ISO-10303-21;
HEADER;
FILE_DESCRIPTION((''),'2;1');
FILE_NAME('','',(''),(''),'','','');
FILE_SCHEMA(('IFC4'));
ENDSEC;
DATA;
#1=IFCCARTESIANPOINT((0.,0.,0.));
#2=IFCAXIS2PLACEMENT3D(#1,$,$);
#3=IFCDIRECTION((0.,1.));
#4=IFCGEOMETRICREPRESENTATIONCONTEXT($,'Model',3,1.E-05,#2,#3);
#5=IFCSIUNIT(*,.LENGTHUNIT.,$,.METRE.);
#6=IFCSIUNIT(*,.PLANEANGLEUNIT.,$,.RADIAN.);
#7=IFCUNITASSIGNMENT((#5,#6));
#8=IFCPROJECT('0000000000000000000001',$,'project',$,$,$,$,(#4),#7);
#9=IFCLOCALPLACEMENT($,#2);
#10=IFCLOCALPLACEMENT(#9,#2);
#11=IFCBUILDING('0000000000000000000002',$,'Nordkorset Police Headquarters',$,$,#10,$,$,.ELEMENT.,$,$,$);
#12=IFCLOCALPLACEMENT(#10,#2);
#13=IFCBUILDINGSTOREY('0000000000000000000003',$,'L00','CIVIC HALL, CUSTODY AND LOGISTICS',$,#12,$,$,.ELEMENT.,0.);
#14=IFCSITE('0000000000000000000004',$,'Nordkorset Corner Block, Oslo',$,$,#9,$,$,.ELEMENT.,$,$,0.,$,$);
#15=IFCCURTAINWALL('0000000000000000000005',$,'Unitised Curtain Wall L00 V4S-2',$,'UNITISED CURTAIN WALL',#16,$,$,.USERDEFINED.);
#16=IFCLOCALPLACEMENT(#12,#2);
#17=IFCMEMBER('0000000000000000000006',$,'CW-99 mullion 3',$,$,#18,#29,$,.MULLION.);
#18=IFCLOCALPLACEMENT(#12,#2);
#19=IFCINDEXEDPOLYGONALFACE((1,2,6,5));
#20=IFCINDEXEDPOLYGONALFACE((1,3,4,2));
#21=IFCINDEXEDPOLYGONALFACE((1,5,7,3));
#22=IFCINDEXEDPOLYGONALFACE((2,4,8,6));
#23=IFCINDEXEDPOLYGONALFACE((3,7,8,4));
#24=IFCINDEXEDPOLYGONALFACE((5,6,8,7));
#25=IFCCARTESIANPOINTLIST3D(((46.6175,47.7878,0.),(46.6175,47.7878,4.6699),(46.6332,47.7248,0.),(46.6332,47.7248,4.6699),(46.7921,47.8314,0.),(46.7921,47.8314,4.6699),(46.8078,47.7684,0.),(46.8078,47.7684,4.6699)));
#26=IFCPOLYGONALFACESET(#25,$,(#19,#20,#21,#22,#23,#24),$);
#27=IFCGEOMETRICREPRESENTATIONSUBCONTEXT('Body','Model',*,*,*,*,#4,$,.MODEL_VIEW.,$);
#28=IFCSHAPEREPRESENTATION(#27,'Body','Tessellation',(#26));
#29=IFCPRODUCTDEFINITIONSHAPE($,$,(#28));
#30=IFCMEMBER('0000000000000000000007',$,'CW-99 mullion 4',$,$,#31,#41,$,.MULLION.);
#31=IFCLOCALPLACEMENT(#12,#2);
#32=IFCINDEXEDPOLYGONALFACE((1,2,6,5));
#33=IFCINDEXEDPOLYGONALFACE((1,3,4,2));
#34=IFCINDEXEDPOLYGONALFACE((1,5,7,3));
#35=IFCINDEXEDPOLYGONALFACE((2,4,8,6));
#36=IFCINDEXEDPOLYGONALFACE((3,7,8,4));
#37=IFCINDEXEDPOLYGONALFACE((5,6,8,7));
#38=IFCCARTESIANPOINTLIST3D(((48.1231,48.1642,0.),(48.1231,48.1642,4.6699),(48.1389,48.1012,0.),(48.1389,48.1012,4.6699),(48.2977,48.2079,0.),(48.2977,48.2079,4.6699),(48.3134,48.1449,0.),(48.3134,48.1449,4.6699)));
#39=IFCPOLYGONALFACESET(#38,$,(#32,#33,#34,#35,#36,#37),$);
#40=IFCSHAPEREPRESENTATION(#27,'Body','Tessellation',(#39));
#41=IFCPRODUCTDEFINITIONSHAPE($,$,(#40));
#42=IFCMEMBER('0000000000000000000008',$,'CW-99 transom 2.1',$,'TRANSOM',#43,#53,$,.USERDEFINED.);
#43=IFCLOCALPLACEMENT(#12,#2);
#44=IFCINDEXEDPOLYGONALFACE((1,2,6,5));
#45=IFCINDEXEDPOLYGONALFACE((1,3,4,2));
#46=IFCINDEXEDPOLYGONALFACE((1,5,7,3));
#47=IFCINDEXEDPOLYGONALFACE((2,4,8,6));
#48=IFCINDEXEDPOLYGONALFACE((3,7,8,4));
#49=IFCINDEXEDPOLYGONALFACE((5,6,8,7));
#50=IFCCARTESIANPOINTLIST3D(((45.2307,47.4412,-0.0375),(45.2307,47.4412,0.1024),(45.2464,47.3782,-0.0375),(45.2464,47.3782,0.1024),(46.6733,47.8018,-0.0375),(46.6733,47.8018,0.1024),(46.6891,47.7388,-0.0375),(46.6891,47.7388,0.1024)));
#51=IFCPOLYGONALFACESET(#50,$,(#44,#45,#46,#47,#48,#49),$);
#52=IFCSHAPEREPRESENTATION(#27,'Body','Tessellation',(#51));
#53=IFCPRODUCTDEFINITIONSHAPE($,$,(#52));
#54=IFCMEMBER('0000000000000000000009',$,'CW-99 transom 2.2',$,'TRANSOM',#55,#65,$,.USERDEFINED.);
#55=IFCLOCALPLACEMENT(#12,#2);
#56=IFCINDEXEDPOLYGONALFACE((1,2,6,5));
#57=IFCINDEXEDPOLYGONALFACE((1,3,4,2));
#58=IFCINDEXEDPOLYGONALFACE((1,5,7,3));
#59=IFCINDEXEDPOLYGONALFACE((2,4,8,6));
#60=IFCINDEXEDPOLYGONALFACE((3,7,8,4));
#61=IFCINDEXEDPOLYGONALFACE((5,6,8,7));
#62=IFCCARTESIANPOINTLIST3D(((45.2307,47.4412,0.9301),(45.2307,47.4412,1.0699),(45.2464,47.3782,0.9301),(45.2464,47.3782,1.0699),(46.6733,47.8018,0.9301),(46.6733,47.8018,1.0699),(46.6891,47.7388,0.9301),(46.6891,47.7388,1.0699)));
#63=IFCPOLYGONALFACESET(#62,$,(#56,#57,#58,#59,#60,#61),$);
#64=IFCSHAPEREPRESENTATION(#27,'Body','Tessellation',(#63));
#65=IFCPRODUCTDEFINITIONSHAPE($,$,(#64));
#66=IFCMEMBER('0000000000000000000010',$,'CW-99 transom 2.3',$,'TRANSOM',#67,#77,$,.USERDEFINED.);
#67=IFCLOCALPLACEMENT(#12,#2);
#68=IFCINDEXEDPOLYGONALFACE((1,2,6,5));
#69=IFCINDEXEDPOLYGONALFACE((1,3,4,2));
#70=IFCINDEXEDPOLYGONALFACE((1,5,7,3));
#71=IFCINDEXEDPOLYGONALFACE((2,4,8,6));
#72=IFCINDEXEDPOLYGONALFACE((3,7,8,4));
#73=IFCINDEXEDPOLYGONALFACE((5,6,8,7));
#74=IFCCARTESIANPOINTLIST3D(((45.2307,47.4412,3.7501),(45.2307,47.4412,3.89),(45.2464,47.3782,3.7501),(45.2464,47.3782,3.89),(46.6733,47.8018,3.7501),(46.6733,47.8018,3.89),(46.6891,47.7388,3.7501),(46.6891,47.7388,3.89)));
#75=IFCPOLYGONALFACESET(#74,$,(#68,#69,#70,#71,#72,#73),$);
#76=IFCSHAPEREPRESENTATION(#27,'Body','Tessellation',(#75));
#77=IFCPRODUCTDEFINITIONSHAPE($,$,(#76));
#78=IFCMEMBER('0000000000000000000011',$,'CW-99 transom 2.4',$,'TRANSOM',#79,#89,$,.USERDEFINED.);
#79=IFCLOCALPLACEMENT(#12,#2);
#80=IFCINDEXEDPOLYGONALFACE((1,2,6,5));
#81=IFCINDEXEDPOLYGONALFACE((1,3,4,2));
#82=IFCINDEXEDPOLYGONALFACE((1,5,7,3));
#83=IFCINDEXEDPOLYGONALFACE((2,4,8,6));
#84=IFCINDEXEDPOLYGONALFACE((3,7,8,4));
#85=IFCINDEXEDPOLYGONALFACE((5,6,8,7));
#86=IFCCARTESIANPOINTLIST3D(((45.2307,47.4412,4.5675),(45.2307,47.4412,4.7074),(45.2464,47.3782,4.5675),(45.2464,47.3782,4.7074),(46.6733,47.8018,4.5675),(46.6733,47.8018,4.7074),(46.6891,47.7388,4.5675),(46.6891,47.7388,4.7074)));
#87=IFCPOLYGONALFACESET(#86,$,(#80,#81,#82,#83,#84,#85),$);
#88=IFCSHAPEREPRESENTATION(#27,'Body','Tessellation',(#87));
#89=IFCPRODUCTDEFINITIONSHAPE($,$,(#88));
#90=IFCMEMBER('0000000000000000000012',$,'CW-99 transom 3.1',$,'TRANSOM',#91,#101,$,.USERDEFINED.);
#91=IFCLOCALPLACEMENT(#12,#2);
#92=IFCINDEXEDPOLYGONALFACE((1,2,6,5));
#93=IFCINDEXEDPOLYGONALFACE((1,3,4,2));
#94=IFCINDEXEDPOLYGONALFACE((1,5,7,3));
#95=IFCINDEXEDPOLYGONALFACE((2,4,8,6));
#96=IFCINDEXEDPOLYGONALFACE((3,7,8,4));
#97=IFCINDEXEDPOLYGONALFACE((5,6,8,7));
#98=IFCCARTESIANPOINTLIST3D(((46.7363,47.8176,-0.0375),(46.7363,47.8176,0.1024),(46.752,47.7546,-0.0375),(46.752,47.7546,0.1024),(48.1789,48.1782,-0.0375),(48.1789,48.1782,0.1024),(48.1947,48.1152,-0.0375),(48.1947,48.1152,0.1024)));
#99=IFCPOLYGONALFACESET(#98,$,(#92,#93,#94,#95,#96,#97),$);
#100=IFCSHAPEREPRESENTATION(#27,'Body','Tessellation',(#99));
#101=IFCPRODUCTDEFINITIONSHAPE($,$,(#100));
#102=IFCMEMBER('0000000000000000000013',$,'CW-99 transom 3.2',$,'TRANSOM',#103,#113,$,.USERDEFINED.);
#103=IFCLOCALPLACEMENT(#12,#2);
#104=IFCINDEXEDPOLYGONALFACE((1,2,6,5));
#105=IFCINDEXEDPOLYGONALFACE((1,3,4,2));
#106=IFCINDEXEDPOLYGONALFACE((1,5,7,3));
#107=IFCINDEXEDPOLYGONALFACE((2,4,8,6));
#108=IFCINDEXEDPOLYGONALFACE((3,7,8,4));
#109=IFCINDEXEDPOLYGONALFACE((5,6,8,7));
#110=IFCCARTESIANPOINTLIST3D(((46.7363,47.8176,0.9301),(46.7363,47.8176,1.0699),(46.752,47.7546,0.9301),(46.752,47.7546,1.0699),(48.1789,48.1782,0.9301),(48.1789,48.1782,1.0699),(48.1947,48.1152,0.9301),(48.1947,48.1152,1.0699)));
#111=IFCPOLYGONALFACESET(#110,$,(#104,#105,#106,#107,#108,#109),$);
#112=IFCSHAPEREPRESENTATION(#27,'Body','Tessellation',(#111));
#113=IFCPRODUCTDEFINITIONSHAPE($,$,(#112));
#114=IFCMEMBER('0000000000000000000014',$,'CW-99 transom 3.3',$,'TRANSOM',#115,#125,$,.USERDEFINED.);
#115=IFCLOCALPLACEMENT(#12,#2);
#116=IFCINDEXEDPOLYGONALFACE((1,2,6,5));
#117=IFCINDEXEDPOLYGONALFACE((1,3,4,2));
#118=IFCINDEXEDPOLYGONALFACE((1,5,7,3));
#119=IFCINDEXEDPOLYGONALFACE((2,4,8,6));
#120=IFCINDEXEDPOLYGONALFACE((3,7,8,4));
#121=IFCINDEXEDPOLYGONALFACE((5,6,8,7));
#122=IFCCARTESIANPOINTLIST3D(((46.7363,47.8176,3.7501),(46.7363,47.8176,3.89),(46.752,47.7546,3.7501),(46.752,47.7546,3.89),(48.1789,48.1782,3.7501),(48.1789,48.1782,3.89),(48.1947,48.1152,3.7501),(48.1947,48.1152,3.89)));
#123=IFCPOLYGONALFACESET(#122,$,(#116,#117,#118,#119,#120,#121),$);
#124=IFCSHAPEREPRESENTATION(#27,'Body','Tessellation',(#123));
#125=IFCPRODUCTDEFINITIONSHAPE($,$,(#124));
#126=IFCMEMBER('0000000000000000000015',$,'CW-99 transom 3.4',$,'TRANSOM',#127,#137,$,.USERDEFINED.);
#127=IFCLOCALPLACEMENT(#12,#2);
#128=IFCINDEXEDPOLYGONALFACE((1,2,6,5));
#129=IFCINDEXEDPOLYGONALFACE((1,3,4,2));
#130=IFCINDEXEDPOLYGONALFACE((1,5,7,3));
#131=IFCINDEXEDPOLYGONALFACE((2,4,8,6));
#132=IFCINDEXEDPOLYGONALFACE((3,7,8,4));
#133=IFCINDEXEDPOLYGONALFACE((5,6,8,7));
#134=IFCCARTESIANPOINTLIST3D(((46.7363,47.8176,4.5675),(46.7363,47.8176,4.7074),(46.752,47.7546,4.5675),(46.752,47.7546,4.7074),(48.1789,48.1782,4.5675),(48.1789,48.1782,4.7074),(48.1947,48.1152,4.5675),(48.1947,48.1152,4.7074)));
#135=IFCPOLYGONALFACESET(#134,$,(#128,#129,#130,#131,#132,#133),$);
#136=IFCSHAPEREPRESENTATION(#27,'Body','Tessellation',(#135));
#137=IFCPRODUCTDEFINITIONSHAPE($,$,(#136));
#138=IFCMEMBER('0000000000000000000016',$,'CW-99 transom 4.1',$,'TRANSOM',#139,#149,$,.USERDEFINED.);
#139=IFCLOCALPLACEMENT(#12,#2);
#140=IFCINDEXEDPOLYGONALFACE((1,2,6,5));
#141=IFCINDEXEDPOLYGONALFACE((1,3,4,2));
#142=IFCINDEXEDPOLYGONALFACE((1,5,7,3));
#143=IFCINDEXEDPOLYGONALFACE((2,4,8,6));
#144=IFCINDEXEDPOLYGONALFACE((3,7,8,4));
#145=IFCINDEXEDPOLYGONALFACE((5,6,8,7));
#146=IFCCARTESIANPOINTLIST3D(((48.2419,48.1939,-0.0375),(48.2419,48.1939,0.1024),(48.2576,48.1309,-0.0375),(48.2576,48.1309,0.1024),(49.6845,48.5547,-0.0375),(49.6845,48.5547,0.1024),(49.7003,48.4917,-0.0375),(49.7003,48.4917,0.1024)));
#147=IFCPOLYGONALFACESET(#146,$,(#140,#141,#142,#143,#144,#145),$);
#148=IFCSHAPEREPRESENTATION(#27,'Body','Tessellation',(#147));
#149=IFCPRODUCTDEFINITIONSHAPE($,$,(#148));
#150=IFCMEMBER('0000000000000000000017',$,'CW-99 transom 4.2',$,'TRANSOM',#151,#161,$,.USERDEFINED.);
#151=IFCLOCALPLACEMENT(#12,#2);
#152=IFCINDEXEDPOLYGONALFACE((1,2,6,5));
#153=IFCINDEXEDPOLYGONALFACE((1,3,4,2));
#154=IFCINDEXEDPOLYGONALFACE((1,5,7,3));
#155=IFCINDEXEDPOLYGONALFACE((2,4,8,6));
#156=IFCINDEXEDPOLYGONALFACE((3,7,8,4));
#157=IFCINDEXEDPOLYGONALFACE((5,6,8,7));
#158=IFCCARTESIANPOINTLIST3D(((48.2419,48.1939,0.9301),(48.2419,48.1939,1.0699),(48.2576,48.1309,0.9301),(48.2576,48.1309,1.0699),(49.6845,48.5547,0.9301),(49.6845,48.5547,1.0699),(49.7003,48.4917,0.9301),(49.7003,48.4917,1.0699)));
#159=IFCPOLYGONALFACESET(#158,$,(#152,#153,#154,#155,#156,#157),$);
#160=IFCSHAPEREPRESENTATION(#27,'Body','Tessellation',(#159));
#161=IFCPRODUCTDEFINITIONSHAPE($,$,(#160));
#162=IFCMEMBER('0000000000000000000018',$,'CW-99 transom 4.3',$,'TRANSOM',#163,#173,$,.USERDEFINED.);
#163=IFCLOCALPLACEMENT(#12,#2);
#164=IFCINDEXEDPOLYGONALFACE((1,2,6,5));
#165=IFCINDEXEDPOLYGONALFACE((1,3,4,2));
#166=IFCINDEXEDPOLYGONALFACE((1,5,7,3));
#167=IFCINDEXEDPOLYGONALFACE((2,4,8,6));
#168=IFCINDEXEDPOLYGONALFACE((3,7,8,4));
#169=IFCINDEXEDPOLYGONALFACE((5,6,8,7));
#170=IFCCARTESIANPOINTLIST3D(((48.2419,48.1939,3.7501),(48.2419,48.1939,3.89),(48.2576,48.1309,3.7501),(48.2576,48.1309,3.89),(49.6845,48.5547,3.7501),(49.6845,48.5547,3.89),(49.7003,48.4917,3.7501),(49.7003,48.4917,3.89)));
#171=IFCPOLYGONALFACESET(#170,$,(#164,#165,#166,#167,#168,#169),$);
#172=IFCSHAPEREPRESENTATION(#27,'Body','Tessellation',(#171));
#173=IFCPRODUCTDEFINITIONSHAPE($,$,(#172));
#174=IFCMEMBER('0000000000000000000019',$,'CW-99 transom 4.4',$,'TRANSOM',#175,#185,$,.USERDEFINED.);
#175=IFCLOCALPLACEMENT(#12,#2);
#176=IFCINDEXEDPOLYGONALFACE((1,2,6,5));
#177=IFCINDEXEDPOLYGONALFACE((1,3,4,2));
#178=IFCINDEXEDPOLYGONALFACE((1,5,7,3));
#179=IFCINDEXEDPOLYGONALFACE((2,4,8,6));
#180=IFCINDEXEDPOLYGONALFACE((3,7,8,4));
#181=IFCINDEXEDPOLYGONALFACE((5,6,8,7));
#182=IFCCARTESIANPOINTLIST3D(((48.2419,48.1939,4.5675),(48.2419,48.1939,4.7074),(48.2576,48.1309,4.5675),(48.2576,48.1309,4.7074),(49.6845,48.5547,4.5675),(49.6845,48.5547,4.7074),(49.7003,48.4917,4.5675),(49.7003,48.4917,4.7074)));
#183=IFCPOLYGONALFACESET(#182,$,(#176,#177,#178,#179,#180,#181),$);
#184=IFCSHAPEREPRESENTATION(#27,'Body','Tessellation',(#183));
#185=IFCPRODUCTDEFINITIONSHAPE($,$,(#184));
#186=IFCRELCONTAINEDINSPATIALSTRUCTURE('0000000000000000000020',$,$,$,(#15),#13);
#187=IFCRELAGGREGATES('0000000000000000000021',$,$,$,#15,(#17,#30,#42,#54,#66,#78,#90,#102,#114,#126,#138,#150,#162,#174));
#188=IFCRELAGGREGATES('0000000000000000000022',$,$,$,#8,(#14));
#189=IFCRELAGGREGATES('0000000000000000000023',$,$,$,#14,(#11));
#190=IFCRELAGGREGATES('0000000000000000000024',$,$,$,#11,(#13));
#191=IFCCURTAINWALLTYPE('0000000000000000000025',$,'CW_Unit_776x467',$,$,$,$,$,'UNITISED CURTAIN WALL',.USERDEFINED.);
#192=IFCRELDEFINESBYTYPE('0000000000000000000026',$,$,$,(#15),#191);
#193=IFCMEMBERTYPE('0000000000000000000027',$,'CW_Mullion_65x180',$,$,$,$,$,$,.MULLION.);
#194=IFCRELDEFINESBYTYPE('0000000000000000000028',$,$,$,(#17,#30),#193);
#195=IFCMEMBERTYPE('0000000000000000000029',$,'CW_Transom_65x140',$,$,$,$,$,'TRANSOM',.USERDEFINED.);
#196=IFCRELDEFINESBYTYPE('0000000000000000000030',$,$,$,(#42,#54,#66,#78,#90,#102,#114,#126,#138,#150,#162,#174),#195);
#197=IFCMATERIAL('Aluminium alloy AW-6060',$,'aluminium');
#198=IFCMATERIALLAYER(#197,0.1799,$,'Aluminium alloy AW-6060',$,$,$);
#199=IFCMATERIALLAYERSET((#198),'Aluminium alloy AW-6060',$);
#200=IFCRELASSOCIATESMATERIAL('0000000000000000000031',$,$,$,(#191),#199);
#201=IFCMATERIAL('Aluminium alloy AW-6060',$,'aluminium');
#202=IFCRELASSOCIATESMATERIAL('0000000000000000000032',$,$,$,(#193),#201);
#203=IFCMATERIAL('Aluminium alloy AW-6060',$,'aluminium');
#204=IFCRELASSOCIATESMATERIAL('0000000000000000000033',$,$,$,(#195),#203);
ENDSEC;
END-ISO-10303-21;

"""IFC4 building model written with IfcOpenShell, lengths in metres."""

from ifc_helpers import new_model, si_unit, direction, frame, origin, origin_2d, place, context, subcontext, project, spatial, rectangle, extrude, material, layer, layer_set, material_profile, profile_set, type_object, element, aggregate, save


model = new_model("IFC4")

# Units and contexts
model_context = context("Model", 3, precision=1e-05, world=origin(), true_north=direction((0.0, 1.0)))
body_context = subcontext(model_context, "Body", "Model", "MODEL_VIEW")
ifc_project = project(units=[si_unit("LENGTHUNIT", "METRE"), si_unit("PLANEANGLEUNIT", "RADIAN")], contexts=[model_context])

# Site, building, storey
site_placement = place(None, origin())
site = spatial("IfcSite", under=ifc_project, at=site_placement, Name="Nordkorset Corner Block, Oslo", CompositionType="ELEMENT", RefElevation=0.0)
building_placement = place(site_placement, origin())
building = spatial("IfcBuilding", under=site, at=building_placement, Name="Nordkorset Police Headquarters", CompositionType="ELEMENT")
storey_placement = place(building_placement, origin())
storey = spatial("IfcBuildingStorey", under=building, at=storey_placement, Name="L00", Description="CIVIC HALL, CUSTODY AND LOGISTICS", CompositionType="ELEMENT", Elevation=0.0)

# Curtain wall, members
ifc_material_1 = material(Name="Aluminium alloy AW-6060", Category="aluminium")
ifc_layer_1 = layer(ifc_material_1, 0.1799, Name="Aluminium alloy AW-6060")
ifc_layer_set_1 = layer_set([ifc_layer_1], Name="Aluminium alloy AW-6060")
curtain_wall_type = type_object("IfcCurtainWallType", Name="CW_Unit_776x467", ElementType="UNITISED CURTAIN WALL", PredefinedType="USERDEFINED", material=ifc_layer_set_1)
curtain_wall_placement = place(storey_placement, origin())
curtain_wall = element("IfcCurtainWall", 1, at=curtain_wall_placement, inside=storey, type_object=curtain_wall_type, Name="Unitised Curtain Wall L00 V4S-2", ObjectType="UNITISED CURTAIN WALL", PredefinedType="USERDEFINED")
ifc_material_2 = material(Name="Aluminium alloy AW-6060", Category="aluminium")
ifc_material_profile_1 = material_profile(ifc_material_2, rectangle(XDim=0.0649, YDim=0.1799, at=origin_2d()), Name="ALU MULL 65x180")
ifc_profile_set_1 = profile_set([ifc_material_profile_1], Name="Aluminium alloy AW-6060")
member_type_1 = type_object("IfcMemberType", Name="CW_Mullion_65x180", PredefinedType="MULLION", material=ifc_profile_set_1)
member_1_placement = place(storey_placement, frame((46.7126, 47.7781, 0.0), z_axis=(0.0, 0.0, 1.0), x_axis=(-0.242535, 0.970143, 0.0)))
member_1 = element("IfcMember", 2, at=member_1_placement, type_object=member_type_1, Name="CW-99 mullion 3", PredefinedType="MULLION", context=body_context, shape_type="SweptSolid", body=[
    extrude(rectangle(XDim=0.0649, YDim=0.1799, at=origin_2d()), origin(), (0.0, 0.0, 1.0), 4.6699),
])
member_2_placement = place(storey_placement, frame((48.2183, 48.1545, 0.0), z_axis=(0.0, 0.0, 1.0), x_axis=(-0.242535, 0.970143, 0.0)))
member_2 = element("IfcMember", 3, at=member_2_placement, type_object=member_type_1, Name="CW-99 mullion 4", PredefinedType="MULLION", context=body_context, shape_type="SweptSolid", body=[
    extrude(rectangle(XDim=0.0649, YDim=0.1799, at=origin_2d()), origin(), (0.0, 0.0, 1.0), 4.6699),
])
ifc_material_3 = material(Name="Aluminium alloy AW-6060", Category="aluminium")
ifc_material_profile_2 = material_profile(ifc_material_3, rectangle(XDim=0.0649, YDim=0.1399, at=origin_2d()), Name="ALU TRAN 65x140")
ifc_profile_set_2 = profile_set([ifc_material_profile_2], Name="Aluminium alloy AW-6060")
member_type_2 = type_object("IfcMemberType", Name="CW_Transom_65x140", ElementType="TRANSOM", PredefinedType="USERDEFINED", material=ifc_profile_set_2)
member_3_placement = place(storey_placement, frame((45.2385, 47.4097, 0.0325), z_axis=(0.970152, 0.242497, 0.0), x_axis=(-0.242497, 0.970152, 0.0)))
member_3 = element("IfcMember", 4, at=member_3_placement, type_object=member_type_2, Name="CW-99 transom 2.1", ObjectType="TRANSOM", PredefinedType="USERDEFINED", context=body_context, shape_type="SweptSolid", body=[
    extrude(rectangle(XDim=0.0649, YDim=0.1399, at=origin_2d()), origin(), (0.0, 0.0, 1.0), 1.4871),
])
member_4_placement = place(storey_placement, frame((45.2385, 47.4097, 1.0), z_axis=(0.970152, 0.242497, 0.0), x_axis=(-0.242497, 0.970152, 0.0)))
member_4 = element("IfcMember", 5, at=member_4_placement, type_object=member_type_2, Name="CW-99 transom 2.2", ObjectType="TRANSOM", PredefinedType="USERDEFINED", context=body_context, shape_type="SweptSolid", body=[
    extrude(rectangle(XDim=0.0649, YDim=0.1399, at=origin_2d()), origin(), (0.0, 0.0, 1.0), 1.4871),
])
member_5_placement = place(storey_placement, frame((45.2385, 47.4097, 3.8201), z_axis=(0.970152, 0.242497, 0.0), x_axis=(-0.242497, 0.970152, 0.0)))
member_5 = element("IfcMember", 6, at=member_5_placement, type_object=member_type_2, Name="CW-99 transom 2.3", ObjectType="TRANSOM", PredefinedType="USERDEFINED", context=body_context, shape_type="SweptSolid", body=[
    extrude(rectangle(XDim=0.0649, YDim=0.1399, at=origin_2d()), origin(), (0.0, 0.0, 1.0), 1.4871),
])
member_6_placement = place(storey_placement, frame((45.2385, 47.4097, 4.6375), z_axis=(0.970152, 0.242497, 0.0), x_axis=(-0.242497, 0.970152, 0.0)))
member_6 = element("IfcMember", 7, at=member_6_placement, type_object=member_type_2, Name="CW-99 transom 2.4", ObjectType="TRANSOM", PredefinedType="USERDEFINED", context=body_context, shape_type="SweptSolid", body=[
    extrude(rectangle(XDim=0.0649, YDim=0.1399, at=origin_2d()), origin(), (0.0, 0.0, 1.0), 1.4871),
])
member_7_placement = place(storey_placement, frame((46.7441, 47.7861, 0.0325), z_axis=(0.970152, 0.242497, 0.0), x_axis=(-0.242497, 0.970152, 0.0)))
member_7 = element("IfcMember", 8, at=member_7_placement, type_object=member_type_2, Name="CW-99 transom 3.1", ObjectType="TRANSOM", PredefinedType="USERDEFINED", context=body_context, shape_type="SweptSolid", body=[
    extrude(rectangle(XDim=0.0649, YDim=0.1399, at=origin_2d()), origin(), (0.0, 0.0, 1.0), 1.4871),
])
member_8_placement = place(storey_placement, frame((46.7441, 47.7861, 1.0), z_axis=(0.970152, 0.242497, 0.0), x_axis=(-0.242497, 0.970152, 0.0)))
member_8 = element("IfcMember", 9, at=member_8_placement, type_object=member_type_2, Name="CW-99 transom 3.2", ObjectType="TRANSOM", PredefinedType="USERDEFINED", context=body_context, shape_type="SweptSolid", body=[
    extrude(rectangle(XDim=0.0649, YDim=0.1399, at=origin_2d()), origin(), (0.0, 0.0, 1.0), 1.4871),
])
member_9_placement = place(storey_placement, frame((46.7441, 47.7861, 3.8201), z_axis=(0.970152, 0.242497, 0.0), x_axis=(-0.242497, 0.970152, 0.0)))
member_9 = element("IfcMember", 10, at=member_9_placement, type_object=member_type_2, Name="CW-99 transom 3.3", ObjectType="TRANSOM", PredefinedType="USERDEFINED", context=body_context, shape_type="SweptSolid", body=[
    extrude(rectangle(XDim=0.0649, YDim=0.1399, at=origin_2d()), origin(), (0.0, 0.0, 1.0), 1.4871),
])
member_10_placement = place(storey_placement, frame((46.7441, 47.7861, 4.6375), z_axis=(0.970152, 0.242497, 0.0), x_axis=(-0.242497, 0.970152, 0.0)))
member_10 = element("IfcMember", 11, at=member_10_placement, type_object=member_type_2, Name="CW-99 transom 3.4", ObjectType="TRANSOM", PredefinedType="USERDEFINED", context=body_context, shape_type="SweptSolid", body=[
    extrude(rectangle(XDim=0.0649, YDim=0.1399, at=origin_2d()), origin(), (0.0, 0.0, 1.0), 1.4871),
])
member_11_placement = place(storey_placement, frame((48.2498, 48.1624, 0.0325), z_axis=(0.970114, 0.242652, 0.0), x_axis=(-0.242652, 0.970114, 0.0)))
member_11 = element("IfcMember", 12, at=member_11_placement, type_object=member_type_2, Name="CW-99 transom 4.1", ObjectType="TRANSOM", PredefinedType="USERDEFINED", context=body_context, shape_type="SweptSolid", body=[
    extrude(rectangle(XDim=0.0649, YDim=0.1399, at=origin_2d()), origin(), (0.0, 0.0, 1.0), 1.4871),
])
member_12_placement = place(storey_placement, frame((48.2498, 48.1624, 1.0), z_axis=(0.970114, 0.242652, 0.0), x_axis=(-0.242652, 0.970114, 0.0)))
member_12 = element("IfcMember", 13, at=member_12_placement, type_object=member_type_2, Name="CW-99 transom 4.2", ObjectType="TRANSOM", PredefinedType="USERDEFINED", context=body_context, shape_type="SweptSolid", body=[
    extrude(rectangle(XDim=0.0649, YDim=0.1399, at=origin_2d()), origin(), (0.0, 0.0, 1.0), 1.4871),
])
member_13_placement = place(storey_placement, frame((48.2498, 48.1624, 3.8201), z_axis=(0.970114, 0.242652, 0.0), x_axis=(-0.242652, 0.970114, 0.0)))
member_13 = element("IfcMember", 14, at=member_13_placement, type_object=member_type_2, Name="CW-99 transom 4.3", ObjectType="TRANSOM", PredefinedType="USERDEFINED", context=body_context, shape_type="SweptSolid", body=[
    extrude(rectangle(XDim=0.0649, YDim=0.1399, at=origin_2d()), origin(), (0.0, 0.0, 1.0), 1.4871),
])
member_14_placement = place(storey_placement, frame((48.2498, 48.1624, 4.6375), z_axis=(0.970114, 0.242652, 0.0), x_axis=(-0.242652, 0.970114, 0.0)))
member_14 = element("IfcMember", 15, at=member_14_placement, type_object=member_type_2, Name="CW-99 transom 4.4", ObjectType="TRANSOM", PredefinedType="USERDEFINED", context=body_context, shape_type="SweptSolid", body=[
    extrude(rectangle(XDim=0.0649, YDim=0.1399, at=origin_2d()), origin(), (0.0, 0.0, 1.0), 1.4871),
])
aggregate(curtain_wall, [member_1, member_2, member_3, member_4, member_5, member_6, member_7, member_8, member_9, member_10, member_11, member_12, member_13, member_14])

save(model, "model.ifc")
